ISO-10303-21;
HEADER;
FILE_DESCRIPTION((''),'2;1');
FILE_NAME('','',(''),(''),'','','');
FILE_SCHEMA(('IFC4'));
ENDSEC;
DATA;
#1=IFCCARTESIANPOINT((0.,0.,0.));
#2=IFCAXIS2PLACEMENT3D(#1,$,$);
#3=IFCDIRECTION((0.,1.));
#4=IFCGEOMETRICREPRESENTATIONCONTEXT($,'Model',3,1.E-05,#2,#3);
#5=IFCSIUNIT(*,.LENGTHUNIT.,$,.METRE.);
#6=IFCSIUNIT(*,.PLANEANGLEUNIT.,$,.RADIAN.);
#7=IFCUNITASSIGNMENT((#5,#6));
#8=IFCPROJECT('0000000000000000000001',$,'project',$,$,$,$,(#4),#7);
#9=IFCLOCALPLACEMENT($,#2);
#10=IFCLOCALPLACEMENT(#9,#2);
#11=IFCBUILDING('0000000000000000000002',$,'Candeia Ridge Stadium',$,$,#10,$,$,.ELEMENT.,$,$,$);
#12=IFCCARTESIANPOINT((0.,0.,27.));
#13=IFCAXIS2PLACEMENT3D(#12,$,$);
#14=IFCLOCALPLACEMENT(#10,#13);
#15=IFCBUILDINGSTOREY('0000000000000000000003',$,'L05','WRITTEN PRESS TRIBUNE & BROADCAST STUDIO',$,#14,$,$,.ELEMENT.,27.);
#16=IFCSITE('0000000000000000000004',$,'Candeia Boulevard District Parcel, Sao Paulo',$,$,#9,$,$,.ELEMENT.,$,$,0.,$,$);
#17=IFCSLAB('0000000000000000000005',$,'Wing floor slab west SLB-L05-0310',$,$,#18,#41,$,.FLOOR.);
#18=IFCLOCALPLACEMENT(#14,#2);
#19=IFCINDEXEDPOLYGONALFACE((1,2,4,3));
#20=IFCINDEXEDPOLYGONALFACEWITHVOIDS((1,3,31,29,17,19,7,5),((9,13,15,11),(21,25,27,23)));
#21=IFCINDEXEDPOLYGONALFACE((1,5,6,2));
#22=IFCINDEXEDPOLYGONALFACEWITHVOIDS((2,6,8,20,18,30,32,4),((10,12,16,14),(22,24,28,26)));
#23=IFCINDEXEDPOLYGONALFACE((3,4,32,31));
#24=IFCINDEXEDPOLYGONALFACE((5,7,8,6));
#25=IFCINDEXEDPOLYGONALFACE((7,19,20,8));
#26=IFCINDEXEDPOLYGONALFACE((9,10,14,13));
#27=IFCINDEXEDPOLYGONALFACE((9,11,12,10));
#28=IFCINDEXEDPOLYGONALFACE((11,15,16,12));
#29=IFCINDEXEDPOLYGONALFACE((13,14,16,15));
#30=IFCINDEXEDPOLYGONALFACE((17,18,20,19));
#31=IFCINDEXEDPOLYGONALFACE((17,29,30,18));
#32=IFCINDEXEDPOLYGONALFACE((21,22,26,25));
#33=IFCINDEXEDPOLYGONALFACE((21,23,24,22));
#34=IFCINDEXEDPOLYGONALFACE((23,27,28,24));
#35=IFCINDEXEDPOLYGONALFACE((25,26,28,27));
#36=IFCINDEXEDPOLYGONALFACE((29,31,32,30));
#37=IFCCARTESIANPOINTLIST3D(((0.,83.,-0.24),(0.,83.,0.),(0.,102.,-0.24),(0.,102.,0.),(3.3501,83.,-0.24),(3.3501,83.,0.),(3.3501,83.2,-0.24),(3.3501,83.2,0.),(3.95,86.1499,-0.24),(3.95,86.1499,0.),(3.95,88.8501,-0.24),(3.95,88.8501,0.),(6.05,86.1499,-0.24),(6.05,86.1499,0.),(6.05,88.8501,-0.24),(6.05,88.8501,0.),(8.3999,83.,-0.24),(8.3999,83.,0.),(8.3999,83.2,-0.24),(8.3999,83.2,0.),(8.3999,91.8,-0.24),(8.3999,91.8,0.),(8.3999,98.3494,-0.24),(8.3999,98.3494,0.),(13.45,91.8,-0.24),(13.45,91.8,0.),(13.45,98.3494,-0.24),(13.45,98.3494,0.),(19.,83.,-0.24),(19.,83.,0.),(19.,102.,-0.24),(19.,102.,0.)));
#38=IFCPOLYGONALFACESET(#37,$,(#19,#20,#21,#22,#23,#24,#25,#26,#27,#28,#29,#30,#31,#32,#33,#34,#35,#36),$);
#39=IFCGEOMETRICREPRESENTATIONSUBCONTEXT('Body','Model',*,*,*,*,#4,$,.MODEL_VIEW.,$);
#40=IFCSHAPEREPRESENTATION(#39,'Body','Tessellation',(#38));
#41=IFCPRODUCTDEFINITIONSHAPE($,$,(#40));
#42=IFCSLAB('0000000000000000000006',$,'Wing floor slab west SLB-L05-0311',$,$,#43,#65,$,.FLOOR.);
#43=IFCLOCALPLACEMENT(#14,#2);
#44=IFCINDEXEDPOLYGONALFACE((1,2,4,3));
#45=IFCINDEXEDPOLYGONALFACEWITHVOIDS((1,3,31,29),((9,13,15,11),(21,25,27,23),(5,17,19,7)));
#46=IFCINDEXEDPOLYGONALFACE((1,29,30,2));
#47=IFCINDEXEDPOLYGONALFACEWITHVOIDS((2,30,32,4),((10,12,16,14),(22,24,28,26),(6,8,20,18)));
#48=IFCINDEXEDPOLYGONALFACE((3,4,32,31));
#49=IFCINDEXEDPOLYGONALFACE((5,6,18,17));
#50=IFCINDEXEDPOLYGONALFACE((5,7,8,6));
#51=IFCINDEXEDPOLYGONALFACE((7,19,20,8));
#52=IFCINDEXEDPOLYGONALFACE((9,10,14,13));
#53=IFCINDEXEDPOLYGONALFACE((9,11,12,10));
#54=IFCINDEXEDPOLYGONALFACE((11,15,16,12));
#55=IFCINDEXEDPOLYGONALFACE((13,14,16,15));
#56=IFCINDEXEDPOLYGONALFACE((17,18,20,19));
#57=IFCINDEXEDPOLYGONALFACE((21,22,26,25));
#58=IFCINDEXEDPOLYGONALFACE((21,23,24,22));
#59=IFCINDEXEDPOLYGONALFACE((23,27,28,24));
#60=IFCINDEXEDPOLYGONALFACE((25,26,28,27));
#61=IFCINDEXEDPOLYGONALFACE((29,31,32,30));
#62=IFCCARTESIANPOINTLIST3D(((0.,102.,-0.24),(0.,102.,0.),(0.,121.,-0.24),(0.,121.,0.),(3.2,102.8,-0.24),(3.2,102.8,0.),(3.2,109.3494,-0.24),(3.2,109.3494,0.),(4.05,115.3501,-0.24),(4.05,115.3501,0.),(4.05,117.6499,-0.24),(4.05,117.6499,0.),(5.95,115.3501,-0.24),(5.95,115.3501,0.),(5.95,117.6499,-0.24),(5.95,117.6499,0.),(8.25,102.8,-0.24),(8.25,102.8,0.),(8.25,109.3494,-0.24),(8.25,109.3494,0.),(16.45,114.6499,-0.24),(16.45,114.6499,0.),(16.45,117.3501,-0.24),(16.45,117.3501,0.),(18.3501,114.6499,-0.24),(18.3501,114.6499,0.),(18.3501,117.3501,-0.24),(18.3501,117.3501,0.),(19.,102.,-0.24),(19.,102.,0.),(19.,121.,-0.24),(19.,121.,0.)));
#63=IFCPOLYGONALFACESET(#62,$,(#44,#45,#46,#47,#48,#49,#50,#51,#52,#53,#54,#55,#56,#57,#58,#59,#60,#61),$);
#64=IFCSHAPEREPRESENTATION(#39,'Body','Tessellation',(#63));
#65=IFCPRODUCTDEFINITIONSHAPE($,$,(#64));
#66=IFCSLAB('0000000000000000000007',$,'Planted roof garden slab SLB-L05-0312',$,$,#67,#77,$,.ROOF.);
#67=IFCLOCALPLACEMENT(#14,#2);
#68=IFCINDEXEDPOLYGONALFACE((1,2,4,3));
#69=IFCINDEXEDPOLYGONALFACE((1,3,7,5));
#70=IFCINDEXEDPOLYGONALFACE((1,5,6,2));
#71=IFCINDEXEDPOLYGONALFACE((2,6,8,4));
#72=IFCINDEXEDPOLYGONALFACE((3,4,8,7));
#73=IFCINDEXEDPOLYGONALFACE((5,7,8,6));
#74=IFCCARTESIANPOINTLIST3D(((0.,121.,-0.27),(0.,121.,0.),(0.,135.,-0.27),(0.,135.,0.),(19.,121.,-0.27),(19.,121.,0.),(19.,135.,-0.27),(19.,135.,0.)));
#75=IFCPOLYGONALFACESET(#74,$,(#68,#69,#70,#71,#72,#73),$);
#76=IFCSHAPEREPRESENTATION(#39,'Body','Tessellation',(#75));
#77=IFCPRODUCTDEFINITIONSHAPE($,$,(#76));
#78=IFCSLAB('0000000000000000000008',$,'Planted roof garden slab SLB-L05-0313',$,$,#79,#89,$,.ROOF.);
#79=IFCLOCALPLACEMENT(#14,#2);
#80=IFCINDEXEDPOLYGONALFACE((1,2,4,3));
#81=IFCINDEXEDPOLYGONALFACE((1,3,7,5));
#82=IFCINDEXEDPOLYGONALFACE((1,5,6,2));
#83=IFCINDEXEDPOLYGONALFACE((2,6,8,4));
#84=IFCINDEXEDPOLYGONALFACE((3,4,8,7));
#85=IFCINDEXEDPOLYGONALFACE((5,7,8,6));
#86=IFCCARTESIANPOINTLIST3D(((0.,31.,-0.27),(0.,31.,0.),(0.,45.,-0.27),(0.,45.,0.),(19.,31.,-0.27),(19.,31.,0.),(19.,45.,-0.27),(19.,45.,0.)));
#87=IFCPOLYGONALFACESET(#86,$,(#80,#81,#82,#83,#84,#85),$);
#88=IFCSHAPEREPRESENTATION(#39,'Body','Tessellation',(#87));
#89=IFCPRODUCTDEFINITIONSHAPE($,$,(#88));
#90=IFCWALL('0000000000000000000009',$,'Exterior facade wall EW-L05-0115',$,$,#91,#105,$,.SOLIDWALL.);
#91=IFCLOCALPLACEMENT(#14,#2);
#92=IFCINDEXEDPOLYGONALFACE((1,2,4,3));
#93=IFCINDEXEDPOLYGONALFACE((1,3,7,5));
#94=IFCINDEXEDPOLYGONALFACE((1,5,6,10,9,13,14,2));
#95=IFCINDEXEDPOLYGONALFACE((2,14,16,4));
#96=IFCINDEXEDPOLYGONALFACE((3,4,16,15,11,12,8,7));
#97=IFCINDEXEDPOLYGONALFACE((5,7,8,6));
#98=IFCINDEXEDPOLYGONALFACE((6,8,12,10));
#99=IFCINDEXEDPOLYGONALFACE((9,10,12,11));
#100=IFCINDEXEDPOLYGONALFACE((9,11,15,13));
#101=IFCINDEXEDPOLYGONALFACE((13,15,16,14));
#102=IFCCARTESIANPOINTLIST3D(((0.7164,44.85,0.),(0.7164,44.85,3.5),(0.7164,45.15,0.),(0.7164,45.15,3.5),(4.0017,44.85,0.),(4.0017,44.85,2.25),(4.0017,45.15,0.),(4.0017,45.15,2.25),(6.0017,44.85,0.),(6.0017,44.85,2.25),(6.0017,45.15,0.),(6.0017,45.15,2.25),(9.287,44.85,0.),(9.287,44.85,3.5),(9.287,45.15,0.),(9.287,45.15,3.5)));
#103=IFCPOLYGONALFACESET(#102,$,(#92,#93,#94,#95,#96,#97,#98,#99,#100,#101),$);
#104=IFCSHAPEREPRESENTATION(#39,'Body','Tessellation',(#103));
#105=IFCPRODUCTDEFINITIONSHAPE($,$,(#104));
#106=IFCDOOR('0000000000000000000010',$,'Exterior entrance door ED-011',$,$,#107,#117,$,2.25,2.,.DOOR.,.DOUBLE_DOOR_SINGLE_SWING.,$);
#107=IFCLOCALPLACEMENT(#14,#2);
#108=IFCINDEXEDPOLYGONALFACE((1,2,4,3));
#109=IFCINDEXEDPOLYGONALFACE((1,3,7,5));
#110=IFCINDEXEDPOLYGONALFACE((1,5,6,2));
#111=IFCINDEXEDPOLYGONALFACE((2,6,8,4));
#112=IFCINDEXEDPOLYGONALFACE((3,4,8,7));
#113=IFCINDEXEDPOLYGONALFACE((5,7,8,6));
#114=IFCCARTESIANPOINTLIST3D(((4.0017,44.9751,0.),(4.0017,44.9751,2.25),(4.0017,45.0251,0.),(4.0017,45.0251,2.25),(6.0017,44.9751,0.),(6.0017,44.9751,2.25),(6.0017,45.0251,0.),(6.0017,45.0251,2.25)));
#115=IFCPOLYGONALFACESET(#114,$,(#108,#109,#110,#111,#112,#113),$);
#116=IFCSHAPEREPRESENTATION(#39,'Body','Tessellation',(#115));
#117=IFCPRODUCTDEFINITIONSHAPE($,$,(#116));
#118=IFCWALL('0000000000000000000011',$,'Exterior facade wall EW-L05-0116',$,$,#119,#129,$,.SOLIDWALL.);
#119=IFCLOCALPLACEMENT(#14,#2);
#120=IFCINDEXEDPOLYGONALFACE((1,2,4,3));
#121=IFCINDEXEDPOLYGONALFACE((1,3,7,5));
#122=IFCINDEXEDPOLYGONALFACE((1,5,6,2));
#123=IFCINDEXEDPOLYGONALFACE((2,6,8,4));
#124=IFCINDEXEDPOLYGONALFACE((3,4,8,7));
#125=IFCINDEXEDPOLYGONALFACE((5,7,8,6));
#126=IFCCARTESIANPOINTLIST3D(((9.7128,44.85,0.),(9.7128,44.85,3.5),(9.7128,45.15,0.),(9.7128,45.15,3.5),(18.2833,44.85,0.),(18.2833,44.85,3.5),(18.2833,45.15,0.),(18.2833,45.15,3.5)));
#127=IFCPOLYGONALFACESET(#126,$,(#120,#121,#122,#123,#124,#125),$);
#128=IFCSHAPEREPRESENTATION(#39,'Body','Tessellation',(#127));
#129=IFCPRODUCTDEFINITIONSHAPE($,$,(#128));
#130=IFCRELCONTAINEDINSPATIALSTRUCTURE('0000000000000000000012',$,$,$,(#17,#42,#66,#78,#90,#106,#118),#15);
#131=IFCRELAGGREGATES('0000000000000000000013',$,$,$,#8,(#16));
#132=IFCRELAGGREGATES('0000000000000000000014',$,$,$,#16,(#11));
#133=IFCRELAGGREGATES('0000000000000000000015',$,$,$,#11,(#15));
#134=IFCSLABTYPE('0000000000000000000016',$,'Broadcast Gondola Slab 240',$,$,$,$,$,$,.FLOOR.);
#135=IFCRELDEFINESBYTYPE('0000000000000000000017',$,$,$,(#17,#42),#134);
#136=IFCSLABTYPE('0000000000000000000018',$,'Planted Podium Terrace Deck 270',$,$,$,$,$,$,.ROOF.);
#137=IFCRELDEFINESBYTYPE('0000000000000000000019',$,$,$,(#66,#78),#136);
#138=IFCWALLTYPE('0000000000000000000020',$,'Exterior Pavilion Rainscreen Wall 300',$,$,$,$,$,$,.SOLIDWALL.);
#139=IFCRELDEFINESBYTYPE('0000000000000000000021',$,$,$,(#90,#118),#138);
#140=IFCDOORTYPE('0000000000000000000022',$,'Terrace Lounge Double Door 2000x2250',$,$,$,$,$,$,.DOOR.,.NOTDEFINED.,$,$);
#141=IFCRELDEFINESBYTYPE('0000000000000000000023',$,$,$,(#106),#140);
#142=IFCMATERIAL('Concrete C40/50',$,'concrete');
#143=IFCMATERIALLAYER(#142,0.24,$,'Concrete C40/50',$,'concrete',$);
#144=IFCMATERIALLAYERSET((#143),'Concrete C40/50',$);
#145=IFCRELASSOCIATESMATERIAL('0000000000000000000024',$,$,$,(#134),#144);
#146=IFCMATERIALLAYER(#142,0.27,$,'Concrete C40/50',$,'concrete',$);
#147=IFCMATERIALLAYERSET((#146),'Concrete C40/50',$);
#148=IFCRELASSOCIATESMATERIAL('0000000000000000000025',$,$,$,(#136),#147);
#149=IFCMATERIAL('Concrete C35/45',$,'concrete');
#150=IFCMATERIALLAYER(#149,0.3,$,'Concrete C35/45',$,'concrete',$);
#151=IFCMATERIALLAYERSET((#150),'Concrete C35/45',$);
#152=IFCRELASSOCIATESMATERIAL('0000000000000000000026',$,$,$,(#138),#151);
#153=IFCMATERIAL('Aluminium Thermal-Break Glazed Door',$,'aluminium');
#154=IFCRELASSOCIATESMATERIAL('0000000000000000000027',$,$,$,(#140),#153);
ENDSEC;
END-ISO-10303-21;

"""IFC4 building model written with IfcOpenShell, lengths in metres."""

from ifc_helpers import new_model, si_unit, direction, frame, frame_2d, origin, place, context, subcontext, project, spatial, polyline, rectangle, outline, extrude, material, layer, layer_set, type_object, element, fill, save


model = new_model("IFC4")

# Units and contexts
model_context = context("Model", 3, precision=1e-05, world=origin(), true_north=direction((0.0, 1.0)))
body_context = subcontext(model_context, "Body", "Model", "MODEL_VIEW")
ifc_project = project(units=[si_unit("LENGTHUNIT", "METRE"), si_unit("PLANEANGLEUNIT", "RADIAN")], contexts=[model_context])

# Site, building, storey
site_placement = place(None, origin())
site = spatial("IfcSite", under=ifc_project, at=site_placement, Name="Candeia Boulevard District Parcel, Sao Paulo", CompositionType="ELEMENT", RefElevation=0.0)
building_placement = place(site_placement, origin())
building = spatial("IfcBuilding", under=site, at=building_placement, Name="Candeia Ridge Stadium", CompositionType="ELEMENT")
storey_placement = place(building_placement, frame((0.0, 0.0, 27.0)))
storey = spatial("IfcBuildingStorey", under=building, at=storey_placement, Name="L05", Description="WRITTEN PRESS TRIBUNE & BROADCAST STUDIO", CompositionType="ELEMENT", Elevation=27.0)

# Shared definitions
ifc_material_1 = material(Name="Concrete C40/50", Category="concrete")

# Slabs
ifc_layer_1 = layer(ifc_material_1, 0.24, Name="Concrete C40/50", Category="concrete")
ifc_layer_set_1 = layer_set([ifc_layer_1], Name="Concrete C40/50")
slab_type_1 = type_object("IfcSlabType", Name="Broadcast Gondola Slab 240", PredefinedType="FLOOR", material=ifc_layer_set_1)
slab_1_placement = place(storey_placement, frame((0.0, 0.0, -0.24)))
element("IfcSlab", 1, at=slab_1_placement, inside=storey, type_object=slab_type_1, Name="Wing floor slab west SLB-L05-0310", PredefinedType="FLOOR", context=body_context, shape_type="SweptSolid", body=[
    extrude(outline(polyline([(0.0, 83.0), (0.0, 102.0), (19.0, 102.0), (19.0, 83.0), (8.3999, 83.0), (8.3999, 83.2), (3.3501, 83.2), (3.3501, 83.0), (0.0, 83.0)]), holes=[polyline([(3.95, 88.8501), (3.95, 86.1499), (6.05, 86.1499), (6.05, 88.8501), (3.95, 88.8501)]), polyline([(13.45, 91.8), (13.45, 98.3494), (8.3999, 98.3494), (8.3999, 91.8), (13.45, 91.8)])]), origin(), (0.0, 0.0, 1.0), 0.24),
])
slab_2_placement = place(storey_placement, frame((0.0, 0.0, -0.24)))
element("IfcSlab", 2, at=slab_2_placement, inside=storey, type_object=slab_type_1, Name="Wing floor slab west SLB-L05-0311", PredefinedType="FLOOR", context=body_context, shape_type="SweptSolid", body=[
    extrude(outline(polyline([(0.0, 102.0), (0.0, 121.0), (19.0, 121.0), (19.0, 102.0), (0.0, 102.0)]), holes=[polyline([(8.25, 102.8), (8.25, 109.3494), (3.2, 109.3494), (3.2, 102.8), (8.25, 102.8)]), polyline([(18.3501, 117.3501), (16.45, 117.3501), (16.45, 114.6499), (18.3501, 114.6499), (18.3501, 117.3501)]), polyline([(5.95, 117.6499), (4.05, 117.6499), (4.05, 115.3501), (5.95, 115.3501), (5.95, 117.6499)])]), origin(), (0.0, 0.0, 1.0), 0.24),
])
ifc_layer_2 = layer(ifc_material_1, 0.27, Name="Concrete C40/50", Category="concrete")
ifc_layer_set_2 = layer_set([ifc_layer_2], Name="Concrete C40/50")
slab_type_2 = type_object("IfcSlabType", Name="Planted Podium Terrace Deck 270", PredefinedType="ROOF", material=ifc_layer_set_2)
slab_3_placement = place(storey_placement, frame((0.0, 0.0, -0.27)))
element("IfcSlab", 3, at=slab_3_placement, inside=storey, type_object=slab_type_2, Name="Planted roof garden slab SLB-L05-0312", PredefinedType="ROOF", context=body_context, shape_type="SweptSolid", body=[
    extrude(outline(polyline([(0.0, 121.0), (0.0, 135.0), (19.0, 135.0), (19.0, 121.0), (0.0, 121.0)])), origin(), (0.0, 0.0, 1.0), 0.27),
])
slab_4_placement = place(storey_placement, frame((0.0, 0.0, -0.27)))
element("IfcSlab", 4, at=slab_4_placement, inside=storey, type_object=slab_type_2, Name="Planted roof garden slab SLB-L05-0313", PredefinedType="ROOF", context=body_context, shape_type="SweptSolid", body=[
    extrude(outline(polyline([(0.0, 31.0), (0.0, 45.0), (19.0, 45.0), (19.0, 31.0), (0.0, 31.0)])), origin(), (0.0, 0.0, 1.0), 0.27),
])

# Wall, opening, door
ifc_material_2 = material(Name="Concrete C35/45", Category="concrete")
ifc_layer_3 = layer(ifc_material_2, 0.3, Name="Concrete C35/45", Category="concrete")
ifc_layer_set_3 = layer_set([ifc_layer_3], Name="Concrete C35/45")
wall_type = type_object("IfcWallType", Name="Exterior Pavilion Rainscreen Wall 300", PredefinedType="SOLIDWALL", material=ifc_layer_set_3)
wall_1_placement = place(storey_placement, frame((0.7166, 45.0, 0.0), z_axis=(0.0, 0.0, 1.0), x_axis=(1.0, 0.0, 0.0)))
wall_1 = element("IfcWall", 5, at=wall_1_placement, inside=storey, type_object=wall_type, Name="Exterior facade wall EW-L05-0115", PredefinedType="SOLIDWALL", context=body_context, shape_type="SweptSolid", body=[
    extrude(rectangle(XDim=8.5706, YDim=0.3, at=frame_2d((4.2852, 0.0))), origin(), (0.0, 0.0, 1.0), 3.5),
])
opening_placement = place(wall_1_placement, frame((3.2852, 0.0, 0.0)))
opening = element("IfcOpeningElement", 6, at=opening_placement, cuts=wall_1, PredefinedType="OPENING", context=body_context, shape_type="SweptSolid", body=[
    extrude(rectangle(XDim=2.0, YDim=2.25, at=frame_2d((1.0, 1.125))), frame((0.0, 0.1599, 0.0), z_axis=(0.0, -1.0, 0.0), x_axis=(1.0, 0.0, 0.0)), (0.0, 0.0, 1.0), 0.3201),
])
ifc_material_3 = material(Name="Aluminium Thermal-Break Glazed Door", Category="aluminium")
door_type = type_object("IfcDoorType", Name="Terrace Lounge Double Door 2000x2250", OperationType="NOTDEFINED", PredefinedType="DOOR", material=ifc_material_3)
door_placement = place(opening_placement, frame((2.0, 0.0, 0.0), z_axis=(0.0, 0.0, 1.0), x_axis=(-1.0, 0.0, 0.0)))
door = element("IfcDoor", 7, at=door_placement, inside=storey, type_object=door_type, Name="Exterior entrance door ED-011", OperationType="DOUBLE_DOOR_SINGLE_SWING", OverallHeight=2.25, OverallWidth=2.0, PredefinedType="DOOR", context=body_context, shape_type="SweptSolid", body=[
    extrude(rectangle(XDim=2.0, YDim=2.25, at=frame_2d((1.0, 1.125))), frame((0.0, 0.0249, 0.0), z_axis=(0.0, -1.0, 0.0), x_axis=(1.0, 0.0, 0.0)), (0.0, 0.0, 1.0), 0.05),
])
fill(opening, door)

# Wall
wall_2_placement = place(storey_placement, frame((9.7129, 45.0, 0.0), z_axis=(0.0, 0.0, 1.0), x_axis=(1.0, 0.0, 0.0)))
element("IfcWall", 8, at=wall_2_placement, inside=storey, type_object=wall_type, Name="Exterior facade wall EW-L05-0116", PredefinedType="SOLIDWALL", context=body_context, shape_type="SweptSolid", body=[
    extrude(rectangle(XDim=8.5706, YDim=0.3, at=frame_2d((4.2852, 0.0))), origin(), (0.0, 0.0, 1.0), 3.5),
])

save(model, "model.ifc")
